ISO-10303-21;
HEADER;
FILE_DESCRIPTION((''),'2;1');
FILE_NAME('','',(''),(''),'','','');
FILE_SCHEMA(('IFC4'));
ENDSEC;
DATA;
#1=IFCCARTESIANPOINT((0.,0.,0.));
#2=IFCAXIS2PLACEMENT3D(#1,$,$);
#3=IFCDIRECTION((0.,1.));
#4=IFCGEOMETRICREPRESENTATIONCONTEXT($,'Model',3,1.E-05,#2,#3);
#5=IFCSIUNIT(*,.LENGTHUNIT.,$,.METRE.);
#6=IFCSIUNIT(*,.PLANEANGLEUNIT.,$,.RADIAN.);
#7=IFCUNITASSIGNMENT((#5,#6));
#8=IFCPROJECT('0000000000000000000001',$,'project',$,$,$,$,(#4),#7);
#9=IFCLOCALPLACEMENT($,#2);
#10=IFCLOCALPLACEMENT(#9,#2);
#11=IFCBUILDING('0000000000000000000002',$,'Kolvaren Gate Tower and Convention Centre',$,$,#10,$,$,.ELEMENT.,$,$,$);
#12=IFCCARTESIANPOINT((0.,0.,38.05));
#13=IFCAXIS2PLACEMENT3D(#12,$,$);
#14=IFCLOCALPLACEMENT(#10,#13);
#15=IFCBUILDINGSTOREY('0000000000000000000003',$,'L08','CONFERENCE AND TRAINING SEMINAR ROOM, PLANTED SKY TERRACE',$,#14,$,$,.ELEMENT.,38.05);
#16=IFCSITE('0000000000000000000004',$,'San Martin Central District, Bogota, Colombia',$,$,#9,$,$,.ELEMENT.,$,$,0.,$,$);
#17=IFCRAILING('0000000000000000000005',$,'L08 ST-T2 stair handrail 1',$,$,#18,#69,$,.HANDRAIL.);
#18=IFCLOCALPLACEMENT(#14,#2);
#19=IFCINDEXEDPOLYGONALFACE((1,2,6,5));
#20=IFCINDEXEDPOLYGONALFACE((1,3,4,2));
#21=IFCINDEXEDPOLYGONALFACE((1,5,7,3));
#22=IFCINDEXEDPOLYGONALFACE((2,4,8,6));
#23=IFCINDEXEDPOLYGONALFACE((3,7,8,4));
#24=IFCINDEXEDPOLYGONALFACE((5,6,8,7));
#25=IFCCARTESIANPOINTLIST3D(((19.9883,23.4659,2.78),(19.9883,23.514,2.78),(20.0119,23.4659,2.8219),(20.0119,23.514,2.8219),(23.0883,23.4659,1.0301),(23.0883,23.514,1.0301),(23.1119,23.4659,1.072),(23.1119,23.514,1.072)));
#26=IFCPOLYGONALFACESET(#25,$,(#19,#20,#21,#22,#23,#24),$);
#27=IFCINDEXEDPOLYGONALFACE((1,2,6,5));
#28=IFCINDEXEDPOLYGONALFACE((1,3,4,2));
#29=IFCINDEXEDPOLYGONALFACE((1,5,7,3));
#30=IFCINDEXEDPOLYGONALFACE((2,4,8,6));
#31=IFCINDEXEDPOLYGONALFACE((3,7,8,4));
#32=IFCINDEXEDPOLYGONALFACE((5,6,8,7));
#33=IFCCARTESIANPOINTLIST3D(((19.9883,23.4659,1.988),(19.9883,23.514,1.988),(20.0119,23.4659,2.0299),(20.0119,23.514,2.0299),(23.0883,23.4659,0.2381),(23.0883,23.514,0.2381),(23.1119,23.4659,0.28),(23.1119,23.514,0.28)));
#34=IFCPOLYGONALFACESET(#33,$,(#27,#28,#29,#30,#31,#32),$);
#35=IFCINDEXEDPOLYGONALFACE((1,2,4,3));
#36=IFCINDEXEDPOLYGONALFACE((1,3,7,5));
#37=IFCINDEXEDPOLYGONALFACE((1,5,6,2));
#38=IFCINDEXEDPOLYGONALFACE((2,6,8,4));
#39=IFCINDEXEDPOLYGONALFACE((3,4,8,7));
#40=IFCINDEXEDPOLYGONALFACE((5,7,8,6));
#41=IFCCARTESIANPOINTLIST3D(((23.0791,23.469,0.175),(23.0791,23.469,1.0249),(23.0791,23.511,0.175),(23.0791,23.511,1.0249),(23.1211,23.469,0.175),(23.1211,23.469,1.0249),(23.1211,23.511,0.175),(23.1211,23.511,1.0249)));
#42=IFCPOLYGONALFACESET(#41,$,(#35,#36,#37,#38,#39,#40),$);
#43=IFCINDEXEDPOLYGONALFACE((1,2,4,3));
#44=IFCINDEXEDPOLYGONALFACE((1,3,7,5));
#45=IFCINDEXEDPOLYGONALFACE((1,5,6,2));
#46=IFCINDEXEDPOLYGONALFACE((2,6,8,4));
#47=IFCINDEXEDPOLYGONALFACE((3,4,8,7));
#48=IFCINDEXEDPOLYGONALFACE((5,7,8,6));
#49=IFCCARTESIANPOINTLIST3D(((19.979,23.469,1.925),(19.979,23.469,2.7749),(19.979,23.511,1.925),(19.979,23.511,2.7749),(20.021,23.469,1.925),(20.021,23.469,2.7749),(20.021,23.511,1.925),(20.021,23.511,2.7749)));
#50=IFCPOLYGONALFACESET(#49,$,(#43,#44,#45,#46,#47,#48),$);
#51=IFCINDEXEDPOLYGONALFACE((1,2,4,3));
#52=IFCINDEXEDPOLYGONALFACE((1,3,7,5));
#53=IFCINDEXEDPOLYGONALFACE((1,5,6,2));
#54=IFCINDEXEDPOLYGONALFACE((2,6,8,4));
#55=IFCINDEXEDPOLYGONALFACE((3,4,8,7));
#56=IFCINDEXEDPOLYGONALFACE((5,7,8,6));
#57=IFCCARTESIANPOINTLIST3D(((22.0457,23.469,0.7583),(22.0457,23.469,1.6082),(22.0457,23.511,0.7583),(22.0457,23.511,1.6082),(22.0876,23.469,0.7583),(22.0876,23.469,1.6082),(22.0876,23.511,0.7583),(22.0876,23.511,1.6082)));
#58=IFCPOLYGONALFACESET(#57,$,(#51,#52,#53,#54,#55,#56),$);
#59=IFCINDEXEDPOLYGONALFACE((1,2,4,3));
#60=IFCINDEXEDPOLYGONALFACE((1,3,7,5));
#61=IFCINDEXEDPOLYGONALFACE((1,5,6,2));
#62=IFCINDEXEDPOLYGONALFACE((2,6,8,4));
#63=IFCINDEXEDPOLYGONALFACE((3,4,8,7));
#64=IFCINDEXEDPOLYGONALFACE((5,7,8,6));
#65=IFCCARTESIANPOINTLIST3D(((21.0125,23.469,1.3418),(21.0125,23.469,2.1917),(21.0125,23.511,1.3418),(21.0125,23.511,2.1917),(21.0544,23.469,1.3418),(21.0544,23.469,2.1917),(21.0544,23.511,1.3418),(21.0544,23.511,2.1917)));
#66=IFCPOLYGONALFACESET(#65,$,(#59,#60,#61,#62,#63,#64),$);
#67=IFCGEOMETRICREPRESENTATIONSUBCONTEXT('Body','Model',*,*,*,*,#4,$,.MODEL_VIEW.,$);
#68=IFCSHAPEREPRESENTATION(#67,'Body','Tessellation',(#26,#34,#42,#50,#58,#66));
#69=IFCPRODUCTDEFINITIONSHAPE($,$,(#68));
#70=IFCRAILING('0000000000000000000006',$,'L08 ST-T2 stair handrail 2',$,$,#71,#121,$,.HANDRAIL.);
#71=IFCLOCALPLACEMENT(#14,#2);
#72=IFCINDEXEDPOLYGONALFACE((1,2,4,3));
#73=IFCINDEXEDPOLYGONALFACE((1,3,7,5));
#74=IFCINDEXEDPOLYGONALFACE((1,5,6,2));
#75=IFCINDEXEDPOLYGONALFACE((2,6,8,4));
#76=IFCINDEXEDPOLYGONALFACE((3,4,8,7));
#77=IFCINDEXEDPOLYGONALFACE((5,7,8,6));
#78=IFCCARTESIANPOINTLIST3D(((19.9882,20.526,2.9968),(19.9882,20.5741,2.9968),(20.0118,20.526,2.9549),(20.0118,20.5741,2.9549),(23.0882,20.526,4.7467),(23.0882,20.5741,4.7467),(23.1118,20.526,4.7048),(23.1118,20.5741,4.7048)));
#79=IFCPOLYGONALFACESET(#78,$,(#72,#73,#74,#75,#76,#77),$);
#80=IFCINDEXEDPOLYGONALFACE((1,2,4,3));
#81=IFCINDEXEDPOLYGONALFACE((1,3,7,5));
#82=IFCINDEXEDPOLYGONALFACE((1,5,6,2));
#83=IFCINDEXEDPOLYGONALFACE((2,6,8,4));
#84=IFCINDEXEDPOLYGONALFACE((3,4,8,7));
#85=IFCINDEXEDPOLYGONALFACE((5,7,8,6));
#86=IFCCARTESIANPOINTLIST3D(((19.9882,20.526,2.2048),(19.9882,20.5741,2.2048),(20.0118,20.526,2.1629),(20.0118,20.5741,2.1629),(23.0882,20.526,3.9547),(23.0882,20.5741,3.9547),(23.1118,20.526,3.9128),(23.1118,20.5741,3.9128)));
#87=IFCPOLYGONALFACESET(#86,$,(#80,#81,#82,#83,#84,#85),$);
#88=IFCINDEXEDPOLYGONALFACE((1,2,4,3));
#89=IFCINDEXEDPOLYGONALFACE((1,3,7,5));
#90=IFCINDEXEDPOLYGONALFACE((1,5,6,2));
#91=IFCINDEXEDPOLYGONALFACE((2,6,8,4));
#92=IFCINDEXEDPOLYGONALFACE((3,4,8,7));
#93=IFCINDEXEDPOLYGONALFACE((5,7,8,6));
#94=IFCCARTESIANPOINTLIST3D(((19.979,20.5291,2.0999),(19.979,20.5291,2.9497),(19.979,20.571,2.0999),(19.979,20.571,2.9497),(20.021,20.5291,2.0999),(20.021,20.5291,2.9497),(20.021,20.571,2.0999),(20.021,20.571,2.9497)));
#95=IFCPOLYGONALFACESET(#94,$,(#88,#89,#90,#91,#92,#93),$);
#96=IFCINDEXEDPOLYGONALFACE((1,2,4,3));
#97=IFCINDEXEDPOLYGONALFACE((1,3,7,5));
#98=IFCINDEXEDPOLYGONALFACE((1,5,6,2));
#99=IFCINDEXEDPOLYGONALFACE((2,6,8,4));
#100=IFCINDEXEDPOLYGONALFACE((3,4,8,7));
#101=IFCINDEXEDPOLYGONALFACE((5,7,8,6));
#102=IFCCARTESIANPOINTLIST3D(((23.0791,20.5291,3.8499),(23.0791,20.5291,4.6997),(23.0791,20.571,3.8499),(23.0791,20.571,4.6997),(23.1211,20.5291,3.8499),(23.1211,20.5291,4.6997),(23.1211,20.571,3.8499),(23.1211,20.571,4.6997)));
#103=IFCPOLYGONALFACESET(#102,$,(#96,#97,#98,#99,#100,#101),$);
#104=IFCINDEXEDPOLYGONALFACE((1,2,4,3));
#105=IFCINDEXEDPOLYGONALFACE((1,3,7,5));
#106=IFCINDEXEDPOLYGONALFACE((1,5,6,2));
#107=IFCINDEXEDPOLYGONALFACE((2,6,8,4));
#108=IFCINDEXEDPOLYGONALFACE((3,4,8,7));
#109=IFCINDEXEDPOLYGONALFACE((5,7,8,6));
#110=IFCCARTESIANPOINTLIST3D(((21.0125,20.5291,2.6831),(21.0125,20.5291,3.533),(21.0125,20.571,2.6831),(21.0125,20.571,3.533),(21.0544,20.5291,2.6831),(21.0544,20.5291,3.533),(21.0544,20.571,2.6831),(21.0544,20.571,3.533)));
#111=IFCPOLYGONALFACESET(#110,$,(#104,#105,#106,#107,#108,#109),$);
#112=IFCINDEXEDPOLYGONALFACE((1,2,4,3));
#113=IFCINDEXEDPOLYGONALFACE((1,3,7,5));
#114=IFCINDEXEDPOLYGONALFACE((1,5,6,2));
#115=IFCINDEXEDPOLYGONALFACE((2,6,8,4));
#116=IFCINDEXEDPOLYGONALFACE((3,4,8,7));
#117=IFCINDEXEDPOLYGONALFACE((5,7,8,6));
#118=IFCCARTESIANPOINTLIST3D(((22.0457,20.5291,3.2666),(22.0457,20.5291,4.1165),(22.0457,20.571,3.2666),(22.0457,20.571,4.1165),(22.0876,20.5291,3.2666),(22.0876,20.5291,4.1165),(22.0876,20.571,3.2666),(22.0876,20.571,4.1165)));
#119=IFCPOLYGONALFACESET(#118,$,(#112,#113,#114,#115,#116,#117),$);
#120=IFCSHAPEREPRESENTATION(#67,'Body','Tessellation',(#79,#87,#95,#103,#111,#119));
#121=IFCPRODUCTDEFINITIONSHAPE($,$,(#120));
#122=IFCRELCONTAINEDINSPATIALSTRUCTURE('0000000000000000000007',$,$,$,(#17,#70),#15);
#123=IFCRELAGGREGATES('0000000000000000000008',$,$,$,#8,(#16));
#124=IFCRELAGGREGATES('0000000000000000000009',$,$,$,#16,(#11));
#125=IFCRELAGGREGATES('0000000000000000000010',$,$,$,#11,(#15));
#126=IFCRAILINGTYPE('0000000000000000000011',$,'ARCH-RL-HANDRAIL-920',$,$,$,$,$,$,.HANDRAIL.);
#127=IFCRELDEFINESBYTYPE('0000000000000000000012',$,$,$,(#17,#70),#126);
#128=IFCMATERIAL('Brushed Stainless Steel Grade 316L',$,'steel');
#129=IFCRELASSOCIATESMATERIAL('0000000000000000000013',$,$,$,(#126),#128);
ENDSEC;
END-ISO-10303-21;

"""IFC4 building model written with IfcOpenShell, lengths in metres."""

from ifc_helpers import new_model, si_unit, direction, frame, origin, origin_2d, place, context, subcontext, project, spatial, rectangle, extrude, material, type_object, element, save


model = new_model("IFC4")

# Units and contexts
model_context = context("Model", 3, precision=1e-05, world=origin(), true_north=direction((0.0, 1.0)))
body_context = subcontext(model_context, "Body", "Model", "MODEL_VIEW")
ifc_project = project(units=[si_unit("LENGTHUNIT", "METRE"), si_unit("PLANEANGLEUNIT", "RADIAN")], contexts=[model_context])

# Site, building, storey
site_placement = place(None, origin())
site = spatial("IfcSite", under=ifc_project, at=site_placement, Name="San Martin Central District, Bogota, Colombia", CompositionType="ELEMENT", RefElevation=0.0)
building_placement = place(site_placement, origin())
building = spatial("IfcBuilding", under=site, at=building_placement, Name="Kolvaren Gate Tower and Convention Centre", CompositionType="ELEMENT")
storey_placement = place(building_placement, frame((0.0, 0.0, 38.05)))
storey = spatial("IfcBuildingStorey", under=building, at=storey_placement, Name="L08", Description="CONFERENCE AND TRAINING SEMINAR ROOM, PLANTED SKY TERRACE", CompositionType="ELEMENT", Elevation=38.05)

# Shared definitions
ifc_material_1 = material(Name="Brushed Stainless Steel Grade 316L", Category="steel")

# Railings
railing_type_1 = type_object("IfcRailingType", Name="ARCH-RL-HANDRAIL-920", PredefinedType="HANDRAIL", material=ifc_material_1)
railing_1_placement = place(storey_placement, frame((23.1001, 23.49, 0.175)))
element("IfcRailing", 1, at=railing_1_placement, inside=storey, type_object=railing_type_1, Name="L08 ST-T2 stair handrail 1", PredefinedType="HANDRAIL", context=body_context, shape_type="SweptSolid", body=[
    extrude(rectangle(XDim=0.0481, YDim=0.0481, at=origin_2d()), frame((0.0, 0.0, 0.876), z_axis=(-0.870831, 0.0, 0.491583), x_axis=(0.0, -1.0, 0.0)), (0.0, 0.0, 1.0), 3.5598),
    extrude(rectangle(XDim=0.0481, YDim=0.0481, at=origin_2d()), frame((0.0, 0.0, 0.084), z_axis=(-0.870831, 0.0, 0.491583), x_axis=(0.0, -1.0, 0.0)), (0.0, 0.0, 1.0), 3.5598),
    extrude(rectangle(XDim=0.042, YDim=0.042, at=origin_2d()), origin(), (0.0, 0.0, 1.0), 0.8499),
    extrude(rectangle(XDim=0.042, YDim=0.042, at=origin_2d()), frame((-3.1001, 0.0, 1.75)), (0.0, 0.0, 1.0), 0.8499),
    extrude(rectangle(XDim=0.042, YDim=0.042, at=origin_2d()), frame((-1.0334, 0.0, 0.5833)), (0.0, 0.0, 1.0), 0.8499),
    extrude(rectangle(XDim=0.042, YDim=0.042, at=origin_2d()), frame((-2.0667, 0.0, 1.1667)), (0.0, 0.0, 1.0), 0.8499),
])
railing_2_placement = place(storey_placement, frame((20.0, 20.55, 2.0999)))
element("IfcRailing", 2, at=railing_2_placement, inside=storey, type_object=railing_type_1, Name="L08 ST-T2 stair handrail 2", PredefinedType="HANDRAIL", context=body_context, shape_type="SweptSolid", body=[
    extrude(rectangle(XDim=0.0481, YDim=0.0481, at=origin_2d()), frame((0.0, 0.0, 0.876), z_axis=(0.870831, 0.0, 0.491583), x_axis=(0.0, 1.0, 0.0)), (0.0, 0.0, 1.0), 3.5598),
    extrude(rectangle(XDim=0.0481, YDim=0.0481, at=origin_2d()), frame((0.0, 0.0, 0.084), z_axis=(0.870831, 0.0, 0.491583), x_axis=(0.0, 1.0, 0.0)), (0.0, 0.0, 1.0), 3.5598),
    extrude(rectangle(XDim=0.042, YDim=0.042, at=origin_2d()), origin(), (0.0, 0.0, 1.0), 0.8499),
    extrude(rectangle(XDim=0.042, YDim=0.042, at=origin_2d()), frame((3.1001, 0.0, 1.75)), (0.0, 0.0, 1.0), 0.8499),
    extrude(rectangle(XDim=0.042, YDim=0.042, at=origin_2d()), frame((1.0334, 0.0, 0.5833)), (0.0, 0.0, 1.0), 0.8499),
    extrude(rectangle(XDim=0.042, YDim=0.042, at=origin_2d()), frame((2.0667, 0.0, 1.1667)), (0.0, 0.0, 1.0), 0.8499),
])

save(model, "model.ifc")
